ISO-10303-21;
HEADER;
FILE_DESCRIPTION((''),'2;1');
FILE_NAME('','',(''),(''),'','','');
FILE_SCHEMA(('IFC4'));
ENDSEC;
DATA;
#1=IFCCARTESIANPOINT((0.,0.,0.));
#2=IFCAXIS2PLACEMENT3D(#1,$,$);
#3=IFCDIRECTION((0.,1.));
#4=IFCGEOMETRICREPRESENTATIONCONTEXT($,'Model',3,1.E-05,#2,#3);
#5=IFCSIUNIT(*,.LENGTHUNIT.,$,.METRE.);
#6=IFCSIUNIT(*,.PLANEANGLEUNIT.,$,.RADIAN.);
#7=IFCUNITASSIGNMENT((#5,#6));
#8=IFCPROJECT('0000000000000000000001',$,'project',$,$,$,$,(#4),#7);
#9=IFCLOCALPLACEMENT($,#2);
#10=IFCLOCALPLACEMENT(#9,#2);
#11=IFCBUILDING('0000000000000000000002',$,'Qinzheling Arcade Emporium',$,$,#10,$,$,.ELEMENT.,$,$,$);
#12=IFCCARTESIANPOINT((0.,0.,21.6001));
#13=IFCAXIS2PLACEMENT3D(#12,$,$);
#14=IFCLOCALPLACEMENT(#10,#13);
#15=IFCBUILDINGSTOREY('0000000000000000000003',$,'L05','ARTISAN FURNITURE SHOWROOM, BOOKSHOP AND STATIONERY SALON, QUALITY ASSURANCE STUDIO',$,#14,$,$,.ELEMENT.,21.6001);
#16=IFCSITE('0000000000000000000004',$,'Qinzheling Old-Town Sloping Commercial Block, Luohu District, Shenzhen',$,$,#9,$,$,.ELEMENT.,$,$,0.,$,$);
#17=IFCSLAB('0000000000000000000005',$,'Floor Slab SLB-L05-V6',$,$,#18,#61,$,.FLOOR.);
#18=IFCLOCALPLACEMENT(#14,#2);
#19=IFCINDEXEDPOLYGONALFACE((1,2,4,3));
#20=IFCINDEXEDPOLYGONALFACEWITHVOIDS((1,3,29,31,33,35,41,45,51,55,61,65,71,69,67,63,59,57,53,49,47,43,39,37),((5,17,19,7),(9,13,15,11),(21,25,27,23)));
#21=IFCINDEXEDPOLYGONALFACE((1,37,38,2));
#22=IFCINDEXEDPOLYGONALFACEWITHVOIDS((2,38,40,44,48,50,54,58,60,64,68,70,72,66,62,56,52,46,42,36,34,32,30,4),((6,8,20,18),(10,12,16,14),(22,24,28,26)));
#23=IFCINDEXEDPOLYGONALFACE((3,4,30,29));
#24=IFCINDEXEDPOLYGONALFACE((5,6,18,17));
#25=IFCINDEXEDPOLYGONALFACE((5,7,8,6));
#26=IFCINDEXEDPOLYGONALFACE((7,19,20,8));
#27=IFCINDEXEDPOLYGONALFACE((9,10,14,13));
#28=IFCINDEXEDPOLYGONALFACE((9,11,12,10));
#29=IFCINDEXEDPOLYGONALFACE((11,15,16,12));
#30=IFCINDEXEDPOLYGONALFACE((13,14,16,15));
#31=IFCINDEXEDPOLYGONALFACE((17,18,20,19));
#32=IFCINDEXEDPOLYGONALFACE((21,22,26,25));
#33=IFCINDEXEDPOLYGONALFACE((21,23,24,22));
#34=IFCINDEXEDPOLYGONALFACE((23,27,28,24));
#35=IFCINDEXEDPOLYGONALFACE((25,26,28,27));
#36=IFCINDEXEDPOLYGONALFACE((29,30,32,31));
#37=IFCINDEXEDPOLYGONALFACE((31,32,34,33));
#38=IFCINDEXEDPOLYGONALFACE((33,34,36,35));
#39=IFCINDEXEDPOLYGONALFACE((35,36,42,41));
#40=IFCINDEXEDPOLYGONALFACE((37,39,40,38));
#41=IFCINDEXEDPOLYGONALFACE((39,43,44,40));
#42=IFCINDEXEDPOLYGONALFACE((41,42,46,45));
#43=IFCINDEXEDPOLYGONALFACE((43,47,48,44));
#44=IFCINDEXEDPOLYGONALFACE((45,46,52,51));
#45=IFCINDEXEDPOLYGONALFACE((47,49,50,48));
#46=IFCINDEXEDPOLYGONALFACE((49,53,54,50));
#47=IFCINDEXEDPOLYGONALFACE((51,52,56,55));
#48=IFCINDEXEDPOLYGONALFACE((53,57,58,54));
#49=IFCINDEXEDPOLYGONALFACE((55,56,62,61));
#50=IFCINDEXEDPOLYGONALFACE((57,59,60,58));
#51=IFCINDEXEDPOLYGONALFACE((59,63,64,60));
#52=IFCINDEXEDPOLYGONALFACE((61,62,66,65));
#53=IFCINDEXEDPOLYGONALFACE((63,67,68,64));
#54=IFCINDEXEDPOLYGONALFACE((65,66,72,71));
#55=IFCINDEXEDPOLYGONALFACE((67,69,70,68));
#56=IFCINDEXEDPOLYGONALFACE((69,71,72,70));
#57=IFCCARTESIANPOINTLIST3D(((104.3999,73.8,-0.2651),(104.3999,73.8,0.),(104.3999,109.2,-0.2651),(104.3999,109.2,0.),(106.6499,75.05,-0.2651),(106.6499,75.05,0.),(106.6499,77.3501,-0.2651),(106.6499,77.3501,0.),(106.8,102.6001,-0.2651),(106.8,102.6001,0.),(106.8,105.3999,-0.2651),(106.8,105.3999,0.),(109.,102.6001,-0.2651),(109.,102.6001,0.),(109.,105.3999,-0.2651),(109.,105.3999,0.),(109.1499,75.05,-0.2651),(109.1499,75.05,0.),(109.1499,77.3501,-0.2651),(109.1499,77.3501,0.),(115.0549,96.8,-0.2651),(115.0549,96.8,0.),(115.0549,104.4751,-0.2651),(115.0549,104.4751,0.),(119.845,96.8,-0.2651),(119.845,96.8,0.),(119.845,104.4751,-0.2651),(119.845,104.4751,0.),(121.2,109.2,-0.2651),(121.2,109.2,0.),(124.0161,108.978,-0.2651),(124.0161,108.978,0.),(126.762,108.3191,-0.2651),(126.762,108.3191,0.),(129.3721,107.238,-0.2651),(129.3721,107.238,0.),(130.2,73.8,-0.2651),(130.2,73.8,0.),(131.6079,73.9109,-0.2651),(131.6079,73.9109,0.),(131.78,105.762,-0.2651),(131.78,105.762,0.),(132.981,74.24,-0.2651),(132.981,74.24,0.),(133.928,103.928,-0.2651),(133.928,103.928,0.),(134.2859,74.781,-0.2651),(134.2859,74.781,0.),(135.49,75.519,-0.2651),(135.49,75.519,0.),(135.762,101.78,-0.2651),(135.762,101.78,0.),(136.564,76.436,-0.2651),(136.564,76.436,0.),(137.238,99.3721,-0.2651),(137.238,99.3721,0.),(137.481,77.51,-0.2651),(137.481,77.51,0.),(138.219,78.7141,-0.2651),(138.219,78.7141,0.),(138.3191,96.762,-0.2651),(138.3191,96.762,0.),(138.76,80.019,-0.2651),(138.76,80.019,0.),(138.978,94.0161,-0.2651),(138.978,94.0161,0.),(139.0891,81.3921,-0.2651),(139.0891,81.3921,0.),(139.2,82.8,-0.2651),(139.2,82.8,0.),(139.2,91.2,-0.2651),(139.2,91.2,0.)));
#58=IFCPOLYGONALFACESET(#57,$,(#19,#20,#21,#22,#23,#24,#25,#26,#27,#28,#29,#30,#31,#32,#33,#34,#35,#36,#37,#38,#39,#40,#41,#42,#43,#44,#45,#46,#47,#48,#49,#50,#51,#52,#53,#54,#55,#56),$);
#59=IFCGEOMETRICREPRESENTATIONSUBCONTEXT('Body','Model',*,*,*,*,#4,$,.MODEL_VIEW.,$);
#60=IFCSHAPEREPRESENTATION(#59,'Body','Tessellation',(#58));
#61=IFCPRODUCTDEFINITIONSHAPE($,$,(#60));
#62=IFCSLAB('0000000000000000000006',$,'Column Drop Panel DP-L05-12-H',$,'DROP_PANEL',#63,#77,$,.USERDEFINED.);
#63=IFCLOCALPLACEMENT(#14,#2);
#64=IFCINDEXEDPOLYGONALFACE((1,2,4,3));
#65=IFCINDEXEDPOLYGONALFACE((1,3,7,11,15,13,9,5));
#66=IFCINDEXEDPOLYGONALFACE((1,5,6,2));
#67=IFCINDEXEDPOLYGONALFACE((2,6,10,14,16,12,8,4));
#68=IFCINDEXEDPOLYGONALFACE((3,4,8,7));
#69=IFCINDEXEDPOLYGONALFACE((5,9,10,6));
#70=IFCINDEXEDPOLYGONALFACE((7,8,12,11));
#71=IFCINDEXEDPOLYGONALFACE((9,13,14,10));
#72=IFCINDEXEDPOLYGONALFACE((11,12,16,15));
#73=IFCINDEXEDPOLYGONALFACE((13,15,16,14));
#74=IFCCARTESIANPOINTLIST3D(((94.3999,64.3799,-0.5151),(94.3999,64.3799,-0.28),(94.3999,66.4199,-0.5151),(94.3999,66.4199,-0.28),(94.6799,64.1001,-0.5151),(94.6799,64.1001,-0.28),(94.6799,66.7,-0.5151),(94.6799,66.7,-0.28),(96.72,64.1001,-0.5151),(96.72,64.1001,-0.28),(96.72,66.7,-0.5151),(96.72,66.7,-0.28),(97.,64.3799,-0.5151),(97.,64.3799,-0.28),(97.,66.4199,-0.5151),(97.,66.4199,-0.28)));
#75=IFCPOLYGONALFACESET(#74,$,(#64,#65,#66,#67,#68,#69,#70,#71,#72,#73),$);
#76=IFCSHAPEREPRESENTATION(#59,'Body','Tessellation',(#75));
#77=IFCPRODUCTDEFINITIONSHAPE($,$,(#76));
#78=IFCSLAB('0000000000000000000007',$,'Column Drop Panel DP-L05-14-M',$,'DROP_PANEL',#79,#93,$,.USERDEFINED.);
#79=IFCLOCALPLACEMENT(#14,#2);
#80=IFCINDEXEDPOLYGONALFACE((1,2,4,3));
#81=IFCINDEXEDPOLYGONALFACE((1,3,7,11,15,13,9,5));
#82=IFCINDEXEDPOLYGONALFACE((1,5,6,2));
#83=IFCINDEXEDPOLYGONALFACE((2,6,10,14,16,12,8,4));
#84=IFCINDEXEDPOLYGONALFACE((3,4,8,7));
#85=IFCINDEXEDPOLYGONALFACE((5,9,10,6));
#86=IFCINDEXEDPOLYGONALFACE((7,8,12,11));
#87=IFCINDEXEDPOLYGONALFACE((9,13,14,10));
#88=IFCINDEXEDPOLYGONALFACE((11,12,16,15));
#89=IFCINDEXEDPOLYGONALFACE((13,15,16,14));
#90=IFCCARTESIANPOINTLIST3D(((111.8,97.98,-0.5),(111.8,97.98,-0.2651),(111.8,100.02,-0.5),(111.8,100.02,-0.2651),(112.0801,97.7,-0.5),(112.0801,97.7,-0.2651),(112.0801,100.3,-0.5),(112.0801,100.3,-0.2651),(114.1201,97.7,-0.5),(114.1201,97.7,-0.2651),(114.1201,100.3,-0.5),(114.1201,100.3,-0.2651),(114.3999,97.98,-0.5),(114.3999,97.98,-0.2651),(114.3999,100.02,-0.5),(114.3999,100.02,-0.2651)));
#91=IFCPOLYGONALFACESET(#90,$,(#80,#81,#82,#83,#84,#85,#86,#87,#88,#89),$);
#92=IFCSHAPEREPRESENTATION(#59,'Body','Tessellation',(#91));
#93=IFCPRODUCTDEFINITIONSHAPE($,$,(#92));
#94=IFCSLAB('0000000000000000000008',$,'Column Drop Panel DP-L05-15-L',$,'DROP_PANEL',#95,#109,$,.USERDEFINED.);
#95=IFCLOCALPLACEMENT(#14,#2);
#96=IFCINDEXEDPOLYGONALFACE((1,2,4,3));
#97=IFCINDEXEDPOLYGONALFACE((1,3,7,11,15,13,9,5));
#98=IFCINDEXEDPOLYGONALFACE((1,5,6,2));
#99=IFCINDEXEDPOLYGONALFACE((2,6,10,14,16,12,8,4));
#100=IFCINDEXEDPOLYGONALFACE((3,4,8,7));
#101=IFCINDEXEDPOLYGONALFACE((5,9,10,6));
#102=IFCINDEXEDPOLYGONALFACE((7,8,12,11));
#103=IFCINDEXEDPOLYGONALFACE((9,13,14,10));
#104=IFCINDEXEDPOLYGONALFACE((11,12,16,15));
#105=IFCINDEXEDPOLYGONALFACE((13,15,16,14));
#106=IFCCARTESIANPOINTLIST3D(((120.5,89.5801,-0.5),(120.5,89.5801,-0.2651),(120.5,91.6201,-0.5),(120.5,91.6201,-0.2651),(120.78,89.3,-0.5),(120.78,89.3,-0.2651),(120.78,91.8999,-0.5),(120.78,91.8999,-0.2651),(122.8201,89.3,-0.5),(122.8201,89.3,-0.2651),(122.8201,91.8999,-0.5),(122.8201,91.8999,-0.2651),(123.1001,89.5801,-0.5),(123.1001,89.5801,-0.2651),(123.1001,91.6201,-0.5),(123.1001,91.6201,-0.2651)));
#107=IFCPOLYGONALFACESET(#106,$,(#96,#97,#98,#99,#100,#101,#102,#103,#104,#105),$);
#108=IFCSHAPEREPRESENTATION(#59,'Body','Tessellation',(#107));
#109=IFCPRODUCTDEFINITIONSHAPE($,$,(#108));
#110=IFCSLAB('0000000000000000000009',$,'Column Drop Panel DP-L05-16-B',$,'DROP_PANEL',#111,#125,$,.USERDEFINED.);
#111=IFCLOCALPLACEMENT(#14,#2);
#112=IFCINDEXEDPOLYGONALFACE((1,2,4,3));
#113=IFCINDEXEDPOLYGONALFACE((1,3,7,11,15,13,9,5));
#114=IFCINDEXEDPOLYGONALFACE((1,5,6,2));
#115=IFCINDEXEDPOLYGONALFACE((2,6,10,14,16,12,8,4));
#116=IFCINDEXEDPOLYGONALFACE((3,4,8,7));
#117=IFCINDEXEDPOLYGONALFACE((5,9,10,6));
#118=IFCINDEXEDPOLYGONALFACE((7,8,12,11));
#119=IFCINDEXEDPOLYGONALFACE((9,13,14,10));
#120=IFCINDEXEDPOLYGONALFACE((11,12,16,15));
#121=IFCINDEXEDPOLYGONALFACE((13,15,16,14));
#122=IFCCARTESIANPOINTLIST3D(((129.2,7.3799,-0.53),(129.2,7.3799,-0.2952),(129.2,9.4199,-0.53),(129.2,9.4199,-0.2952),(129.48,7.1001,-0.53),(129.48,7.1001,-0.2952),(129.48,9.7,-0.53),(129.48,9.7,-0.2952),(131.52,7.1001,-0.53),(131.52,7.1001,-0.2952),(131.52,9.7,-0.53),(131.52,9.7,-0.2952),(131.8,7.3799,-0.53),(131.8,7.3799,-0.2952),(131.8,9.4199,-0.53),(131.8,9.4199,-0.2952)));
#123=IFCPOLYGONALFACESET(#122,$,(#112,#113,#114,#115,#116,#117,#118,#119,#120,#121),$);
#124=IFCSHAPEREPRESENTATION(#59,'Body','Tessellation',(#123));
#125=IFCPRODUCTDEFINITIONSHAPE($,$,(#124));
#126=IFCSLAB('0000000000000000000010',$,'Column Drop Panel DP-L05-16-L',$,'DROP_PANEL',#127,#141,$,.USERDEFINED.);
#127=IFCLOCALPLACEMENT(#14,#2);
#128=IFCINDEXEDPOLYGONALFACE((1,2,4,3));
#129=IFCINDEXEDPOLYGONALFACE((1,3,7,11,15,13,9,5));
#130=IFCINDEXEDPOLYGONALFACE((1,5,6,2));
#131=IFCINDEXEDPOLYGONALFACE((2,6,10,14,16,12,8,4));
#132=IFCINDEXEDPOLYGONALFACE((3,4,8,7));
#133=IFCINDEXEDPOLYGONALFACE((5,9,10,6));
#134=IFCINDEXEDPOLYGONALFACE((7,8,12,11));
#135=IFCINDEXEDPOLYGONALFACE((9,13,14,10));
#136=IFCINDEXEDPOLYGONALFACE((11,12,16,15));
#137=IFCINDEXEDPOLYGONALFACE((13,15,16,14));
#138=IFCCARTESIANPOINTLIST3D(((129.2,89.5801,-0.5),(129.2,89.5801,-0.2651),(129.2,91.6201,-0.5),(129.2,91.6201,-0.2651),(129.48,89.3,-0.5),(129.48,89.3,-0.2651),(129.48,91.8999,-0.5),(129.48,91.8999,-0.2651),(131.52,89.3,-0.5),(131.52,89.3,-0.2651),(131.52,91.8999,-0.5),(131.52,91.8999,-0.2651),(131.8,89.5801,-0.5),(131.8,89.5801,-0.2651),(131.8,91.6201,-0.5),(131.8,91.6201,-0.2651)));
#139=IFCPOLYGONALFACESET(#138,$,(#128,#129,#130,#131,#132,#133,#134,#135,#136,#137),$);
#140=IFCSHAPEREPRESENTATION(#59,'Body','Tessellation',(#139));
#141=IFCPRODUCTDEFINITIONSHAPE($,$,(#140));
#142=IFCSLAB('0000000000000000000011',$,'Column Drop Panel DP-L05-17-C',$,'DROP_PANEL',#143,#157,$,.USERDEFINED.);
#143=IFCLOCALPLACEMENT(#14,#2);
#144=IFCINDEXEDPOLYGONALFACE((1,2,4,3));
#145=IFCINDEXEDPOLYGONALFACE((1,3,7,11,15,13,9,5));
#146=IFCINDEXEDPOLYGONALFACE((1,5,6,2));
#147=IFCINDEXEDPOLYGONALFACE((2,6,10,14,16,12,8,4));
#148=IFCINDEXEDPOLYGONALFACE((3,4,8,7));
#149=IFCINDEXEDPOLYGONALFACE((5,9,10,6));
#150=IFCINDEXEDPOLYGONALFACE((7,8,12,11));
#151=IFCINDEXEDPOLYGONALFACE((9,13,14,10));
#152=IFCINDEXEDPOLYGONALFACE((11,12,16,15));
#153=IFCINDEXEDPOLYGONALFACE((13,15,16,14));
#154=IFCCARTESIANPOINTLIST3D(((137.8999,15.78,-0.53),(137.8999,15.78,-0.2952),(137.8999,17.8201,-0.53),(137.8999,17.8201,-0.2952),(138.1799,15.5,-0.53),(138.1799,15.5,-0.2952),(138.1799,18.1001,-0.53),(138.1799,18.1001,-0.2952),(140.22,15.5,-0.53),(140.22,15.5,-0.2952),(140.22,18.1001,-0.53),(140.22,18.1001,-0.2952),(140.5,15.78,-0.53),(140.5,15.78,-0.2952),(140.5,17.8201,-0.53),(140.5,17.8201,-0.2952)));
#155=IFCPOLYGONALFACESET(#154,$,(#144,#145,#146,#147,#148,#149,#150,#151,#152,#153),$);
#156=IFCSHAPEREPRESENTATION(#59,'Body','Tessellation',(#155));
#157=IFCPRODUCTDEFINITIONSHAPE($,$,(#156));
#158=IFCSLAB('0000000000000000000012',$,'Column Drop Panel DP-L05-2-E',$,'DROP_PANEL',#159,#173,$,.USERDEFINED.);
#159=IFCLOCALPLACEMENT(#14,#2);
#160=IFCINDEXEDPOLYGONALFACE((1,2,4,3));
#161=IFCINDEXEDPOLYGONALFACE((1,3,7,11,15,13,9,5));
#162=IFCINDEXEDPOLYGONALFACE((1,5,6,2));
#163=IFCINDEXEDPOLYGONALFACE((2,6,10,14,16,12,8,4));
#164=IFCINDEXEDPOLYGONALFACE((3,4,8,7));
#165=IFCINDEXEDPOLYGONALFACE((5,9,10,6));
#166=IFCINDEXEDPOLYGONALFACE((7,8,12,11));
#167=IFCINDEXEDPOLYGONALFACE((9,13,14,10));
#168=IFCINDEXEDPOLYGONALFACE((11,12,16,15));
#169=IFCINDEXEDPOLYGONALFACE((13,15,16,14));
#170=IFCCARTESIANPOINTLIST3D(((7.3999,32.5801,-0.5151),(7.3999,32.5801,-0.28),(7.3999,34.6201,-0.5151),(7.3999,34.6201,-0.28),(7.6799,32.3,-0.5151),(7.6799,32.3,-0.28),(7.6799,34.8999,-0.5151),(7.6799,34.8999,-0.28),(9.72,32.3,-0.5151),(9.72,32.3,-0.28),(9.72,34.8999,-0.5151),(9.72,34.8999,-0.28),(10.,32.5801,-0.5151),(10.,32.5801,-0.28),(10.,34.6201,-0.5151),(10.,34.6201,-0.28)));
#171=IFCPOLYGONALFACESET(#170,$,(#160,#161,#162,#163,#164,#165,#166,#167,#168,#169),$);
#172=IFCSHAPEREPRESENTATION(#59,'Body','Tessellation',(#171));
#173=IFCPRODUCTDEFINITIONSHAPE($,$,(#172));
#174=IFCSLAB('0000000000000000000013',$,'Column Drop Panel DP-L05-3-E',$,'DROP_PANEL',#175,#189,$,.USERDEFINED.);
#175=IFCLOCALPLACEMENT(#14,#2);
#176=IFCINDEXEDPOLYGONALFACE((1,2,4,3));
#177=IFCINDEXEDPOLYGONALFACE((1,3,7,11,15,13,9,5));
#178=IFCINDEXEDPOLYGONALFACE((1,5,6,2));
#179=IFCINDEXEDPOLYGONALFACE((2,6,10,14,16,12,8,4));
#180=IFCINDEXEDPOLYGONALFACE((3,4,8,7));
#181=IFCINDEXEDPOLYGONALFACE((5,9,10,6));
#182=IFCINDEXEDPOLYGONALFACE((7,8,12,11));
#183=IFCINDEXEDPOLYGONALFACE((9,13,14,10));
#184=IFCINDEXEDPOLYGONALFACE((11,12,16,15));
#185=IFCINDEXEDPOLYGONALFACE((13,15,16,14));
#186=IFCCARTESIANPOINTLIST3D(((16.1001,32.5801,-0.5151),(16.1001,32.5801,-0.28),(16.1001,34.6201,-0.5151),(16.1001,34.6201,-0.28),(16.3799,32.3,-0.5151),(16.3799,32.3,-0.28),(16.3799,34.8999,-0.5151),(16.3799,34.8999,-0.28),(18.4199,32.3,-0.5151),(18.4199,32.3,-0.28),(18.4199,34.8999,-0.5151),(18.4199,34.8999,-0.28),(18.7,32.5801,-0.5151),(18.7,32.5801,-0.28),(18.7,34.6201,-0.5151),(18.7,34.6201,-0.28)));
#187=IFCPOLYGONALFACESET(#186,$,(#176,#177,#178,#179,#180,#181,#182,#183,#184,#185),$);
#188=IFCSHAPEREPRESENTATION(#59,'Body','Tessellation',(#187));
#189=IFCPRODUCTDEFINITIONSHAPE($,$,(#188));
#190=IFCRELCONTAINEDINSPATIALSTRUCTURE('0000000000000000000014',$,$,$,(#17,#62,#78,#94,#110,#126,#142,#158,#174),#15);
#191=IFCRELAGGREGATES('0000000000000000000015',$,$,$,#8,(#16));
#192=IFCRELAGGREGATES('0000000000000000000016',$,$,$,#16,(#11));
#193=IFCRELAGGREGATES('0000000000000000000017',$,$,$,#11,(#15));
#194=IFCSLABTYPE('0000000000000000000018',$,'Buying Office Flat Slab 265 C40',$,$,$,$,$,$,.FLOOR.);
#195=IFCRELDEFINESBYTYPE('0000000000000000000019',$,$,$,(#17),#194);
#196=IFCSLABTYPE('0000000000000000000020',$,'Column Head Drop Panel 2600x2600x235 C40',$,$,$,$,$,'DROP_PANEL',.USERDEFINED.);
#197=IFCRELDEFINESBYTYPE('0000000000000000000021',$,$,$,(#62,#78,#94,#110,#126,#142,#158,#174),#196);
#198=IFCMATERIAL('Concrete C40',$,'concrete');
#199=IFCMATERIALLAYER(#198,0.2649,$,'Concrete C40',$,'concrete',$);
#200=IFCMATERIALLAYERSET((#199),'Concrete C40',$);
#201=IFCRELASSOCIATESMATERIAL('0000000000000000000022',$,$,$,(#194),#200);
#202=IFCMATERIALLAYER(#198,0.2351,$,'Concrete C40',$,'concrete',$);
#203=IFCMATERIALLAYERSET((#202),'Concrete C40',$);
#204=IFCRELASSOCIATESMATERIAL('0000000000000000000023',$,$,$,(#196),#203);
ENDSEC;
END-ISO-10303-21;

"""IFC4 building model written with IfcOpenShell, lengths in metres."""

from ifc_helpers import new_model, si_unit, direction, frame, origin, place, context, subcontext, project, spatial, polyline, outline, extrude, material, layer, layer_set, type_object, element, save


model = new_model("IFC4")

# Units and contexts
model_context = context("Model", 3, precision=1e-05, world=origin(), true_north=direction((0.0, 1.0)))
body_context = subcontext(model_context, "Body", "Model", "MODEL_VIEW")
ifc_project = project(units=[si_unit("LENGTHUNIT", "METRE"), si_unit("PLANEANGLEUNIT", "RADIAN")], contexts=[model_context])

# Site, building, storey
site_placement = place(None, origin())
site = spatial("IfcSite", under=ifc_project, at=site_placement, Name="Qinzheling Old-Town Sloping Commercial Block, Luohu District, Shenzhen", CompositionType="ELEMENT", RefElevation=0.0)
building_placement = place(site_placement, origin())
building = spatial("IfcBuilding", under=site, at=building_placement, Name="Qinzheling Arcade Emporium", CompositionType="ELEMENT")
storey_placement = place(building_placement, frame((0.0, 0.0, 21.6001)))
storey = spatial("IfcBuildingStorey", under=building, at=storey_placement, Name="L05", Description="ARTISAN FURNITURE SHOWROOM, BOOKSHOP AND STATIONERY SALON, QUALITY ASSURANCE STUDIO", CompositionType="ELEMENT", Elevation=21.6001)

# Slabs
ifc_material = material(Name="Concrete C40", Category="concrete")
ifc_layer_1 = layer(ifc_material, 0.2649, Name="Concrete C40", Category="concrete")
ifc_layer_set_1 = layer_set([ifc_layer_1], Name="Concrete C40")
slab_type_1 = type_object("IfcSlabType", Name="Buying Office Flat Slab 265 C40", PredefinedType="FLOOR", material=ifc_layer_set_1)
slab_1_placement = place(storey_placement, frame((0.0, 0.0, -0.2651)))
element("IfcSlab", 1, at=slab_1_placement, inside=storey, type_object=slab_type_1, Name="Floor Slab SLB-L05-V6", PredefinedType="FLOOR", context=body_context, shape_type="SweptSolid", body=[
    extrude(outline(polyline([(104.3999, 109.2), (104.3999, 73.8), (130.2, 73.8), (131.6079, 73.9109), (132.981, 74.24), (134.2859, 74.781), (135.49, 75.519), (136.564, 76.436), (137.481, 77.51), (138.219, 78.7141), (138.76, 80.019), (139.0891, 81.3921), (139.2, 82.8), (139.2, 91.2), (138.978, 94.0161), (138.3191, 96.762), (137.238, 99.3721), (135.762, 101.78), (133.928, 103.928), (131.78, 105.762), (129.3721, 107.238), (126.762, 108.3191), (124.0161, 108.978), (121.2, 109.2), (104.3999, 109.2)]), holes=[polyline([(119.845, 96.8), (115.0549, 96.8), (115.0549, 104.4751), (119.845, 104.4751), (119.845, 96.8)]), polyline([(109.1499, 75.05), (106.6499, 75.05), (106.6499, 77.3501), (109.1499, 77.3501), (109.1499, 75.05)]), polyline([(109.0, 102.6001), (106.8, 102.6001), (106.8, 105.3999), (109.0, 105.3999), (109.0, 102.6001)])]), origin(), (0.0, 0.0, 1.0), 0.2651),
])
ifc_layer_2 = layer(ifc_material, 0.2351, Name="Concrete C40", Category="concrete")
ifc_layer_set_2 = layer_set([ifc_layer_2], Name="Concrete C40")
slab_type_2 = type_object("IfcSlabType", Name="Column Head Drop Panel 2600x2600x235 C40", ElementType="DROP_PANEL", PredefinedType="USERDEFINED", material=ifc_layer_set_2)
slab_2_placement = place(storey_placement, frame((0.0, 0.0, -0.5151)))
element("IfcSlab", 2, at=slab_2_placement, inside=storey, type_object=slab_type_2, Name="Column Drop Panel DP-L05-12-H", ObjectType="DROP_PANEL", PredefinedType="USERDEFINED", context=body_context, shape_type="SweptSolid", body=[
    extrude(outline(polyline([(94.6799, 64.1001), (96.72, 64.1001), (97.0, 64.3799), (97.0, 66.4199), (96.72, 66.7), (94.6799, 66.7), (94.3999, 66.4199), (94.3999, 64.3799), (94.6799, 64.1001)])), origin(), (0.0, 0.0, 1.0), 0.2351),
])
slab_3_placement = place(storey_placement, frame((0.0, 0.0, -0.5)))
element("IfcSlab", 3, at=slab_3_placement, inside=storey, type_object=slab_type_2, Name="Column Drop Panel DP-L05-14-M", ObjectType="DROP_PANEL", PredefinedType="USERDEFINED", context=body_context, shape_type="SweptSolid", body=[
    extrude(outline(polyline([(112.0801, 97.7), (114.1201, 97.7), (114.3999, 97.98), (114.3999, 100.02), (114.1201, 100.3), (112.0801, 100.3), (111.8, 100.02), (111.8, 97.98), (112.0801, 97.7)])), origin(), (0.0, 0.0, 1.0), 0.2349),
])
slab_4_placement = place(storey_placement, frame((0.0, 0.0, -0.5)))
element("IfcSlab", 4, at=slab_4_placement, inside=storey, type_object=slab_type_2, Name="Column Drop Panel DP-L05-15-L", ObjectType="DROP_PANEL", PredefinedType="USERDEFINED", context=body_context, shape_type="SweptSolid", body=[
    extrude(outline(polyline([(120.78, 89.3), (122.8201, 89.3), (123.1001, 89.5801), (123.1001, 91.6201), (122.8201, 91.8999), (120.78, 91.8999), (120.5, 91.6201), (120.5, 89.5801), (120.78, 89.3)])), origin(), (0.0, 0.0, 1.0), 0.2349),
])
slab_5_placement = place(storey_placement, frame((0.0, 0.0, -0.53)))
element("IfcSlab", 5, at=slab_5_placement, inside=storey, type_object=slab_type_2, Name="Column Drop Panel DP-L05-16-B", ObjectType="DROP_PANEL", PredefinedType="USERDEFINED", context=body_context, shape_type="SweptSolid", body=[
    extrude(outline(polyline([(129.48, 7.1001), (131.52, 7.1001), (131.8, 7.3799), (131.8, 9.4199), (131.52, 9.7), (129.48, 9.7), (129.2, 9.4199), (129.2, 7.3799), (129.48, 7.1001)])), origin(), (0.0, 0.0, 1.0), 0.2349),
])
slab_6_placement = place(storey_placement, frame((0.0, 0.0, -0.5)))
element("IfcSlab", 6, at=slab_6_placement, inside=storey, type_object=slab_type_2, Name="Column Drop Panel DP-L05-16-L", ObjectType="DROP_PANEL", PredefinedType="USERDEFINED", context=body_context, shape_type="SweptSolid", body=[
    extrude(outline(polyline([(129.48, 89.3), (131.52, 89.3), (131.8, 89.5801), (131.8, 91.6201), (131.52, 91.8999), (129.48, 91.8999), (129.2, 91.6201), (129.2, 89.5801), (129.48, 89.3)])), origin(), (0.0, 0.0, 1.0), 0.2349),
])
slab_7_placement = place(storey_placement, frame((0.0, 0.0, -0.53)))
element("IfcSlab", 7, at=slab_7_placement, inside=storey, type_object=slab_type_2, Name="Column Drop Panel DP-L05-17-C", ObjectType="DROP_PANEL", PredefinedType="USERDEFINED", context=body_context, shape_type="SweptSolid", body=[
    extrude(outline(polyline([(138.1799, 15.5), (140.22, 15.5), (140.5, 15.78), (140.5, 17.8201), (140.22, 18.1001), (138.1799, 18.1001), (137.8999, 17.8201), (137.8999, 15.78), (138.1799, 15.5)])), origin(), (0.0, 0.0, 1.0), 0.2349),
])
slab_8_placement = place(storey_placement, frame((0.0, 0.0, -0.5151)))
element("IfcSlab", 8, at=slab_8_placement, inside=storey, type_object=slab_type_2, Name="Column Drop Panel DP-L05-2-E", ObjectType="DROP_PANEL", PredefinedType="USERDEFINED", context=body_context, shape_type="SweptSolid", body=[
    extrude(outline(polyline([(7.6799, 32.3), (9.72, 32.3), (10.0, 32.5801), (10.0, 34.6201), (9.72, 34.8999), (7.6799, 34.8999), (7.3999, 34.6201), (7.3999, 32.5801), (7.6799, 32.3)])), origin(), (0.0, 0.0, 1.0), 0.2351),
])
slab_9_placement = place(storey_placement, frame((0.0, 0.0, -0.5151)))
element("IfcSlab", 9, at=slab_9_placement, inside=storey, type_object=slab_type_2, Name="Column Drop Panel DP-L05-3-E", ObjectType="DROP_PANEL", PredefinedType="USERDEFINED", context=body_context, shape_type="SweptSolid", body=[
    extrude(outline(polyline([(16.3799, 32.3), (18.4199, 32.3), (18.7, 32.5801), (18.7, 34.6201), (18.4199, 34.8999), (16.3799, 34.8999), (16.1001, 34.6201), (16.1001, 32.5801), (16.3799, 32.3)])), origin(), (0.0, 0.0, 1.0), 0.2351),
])

save(model, "model.ifc")
